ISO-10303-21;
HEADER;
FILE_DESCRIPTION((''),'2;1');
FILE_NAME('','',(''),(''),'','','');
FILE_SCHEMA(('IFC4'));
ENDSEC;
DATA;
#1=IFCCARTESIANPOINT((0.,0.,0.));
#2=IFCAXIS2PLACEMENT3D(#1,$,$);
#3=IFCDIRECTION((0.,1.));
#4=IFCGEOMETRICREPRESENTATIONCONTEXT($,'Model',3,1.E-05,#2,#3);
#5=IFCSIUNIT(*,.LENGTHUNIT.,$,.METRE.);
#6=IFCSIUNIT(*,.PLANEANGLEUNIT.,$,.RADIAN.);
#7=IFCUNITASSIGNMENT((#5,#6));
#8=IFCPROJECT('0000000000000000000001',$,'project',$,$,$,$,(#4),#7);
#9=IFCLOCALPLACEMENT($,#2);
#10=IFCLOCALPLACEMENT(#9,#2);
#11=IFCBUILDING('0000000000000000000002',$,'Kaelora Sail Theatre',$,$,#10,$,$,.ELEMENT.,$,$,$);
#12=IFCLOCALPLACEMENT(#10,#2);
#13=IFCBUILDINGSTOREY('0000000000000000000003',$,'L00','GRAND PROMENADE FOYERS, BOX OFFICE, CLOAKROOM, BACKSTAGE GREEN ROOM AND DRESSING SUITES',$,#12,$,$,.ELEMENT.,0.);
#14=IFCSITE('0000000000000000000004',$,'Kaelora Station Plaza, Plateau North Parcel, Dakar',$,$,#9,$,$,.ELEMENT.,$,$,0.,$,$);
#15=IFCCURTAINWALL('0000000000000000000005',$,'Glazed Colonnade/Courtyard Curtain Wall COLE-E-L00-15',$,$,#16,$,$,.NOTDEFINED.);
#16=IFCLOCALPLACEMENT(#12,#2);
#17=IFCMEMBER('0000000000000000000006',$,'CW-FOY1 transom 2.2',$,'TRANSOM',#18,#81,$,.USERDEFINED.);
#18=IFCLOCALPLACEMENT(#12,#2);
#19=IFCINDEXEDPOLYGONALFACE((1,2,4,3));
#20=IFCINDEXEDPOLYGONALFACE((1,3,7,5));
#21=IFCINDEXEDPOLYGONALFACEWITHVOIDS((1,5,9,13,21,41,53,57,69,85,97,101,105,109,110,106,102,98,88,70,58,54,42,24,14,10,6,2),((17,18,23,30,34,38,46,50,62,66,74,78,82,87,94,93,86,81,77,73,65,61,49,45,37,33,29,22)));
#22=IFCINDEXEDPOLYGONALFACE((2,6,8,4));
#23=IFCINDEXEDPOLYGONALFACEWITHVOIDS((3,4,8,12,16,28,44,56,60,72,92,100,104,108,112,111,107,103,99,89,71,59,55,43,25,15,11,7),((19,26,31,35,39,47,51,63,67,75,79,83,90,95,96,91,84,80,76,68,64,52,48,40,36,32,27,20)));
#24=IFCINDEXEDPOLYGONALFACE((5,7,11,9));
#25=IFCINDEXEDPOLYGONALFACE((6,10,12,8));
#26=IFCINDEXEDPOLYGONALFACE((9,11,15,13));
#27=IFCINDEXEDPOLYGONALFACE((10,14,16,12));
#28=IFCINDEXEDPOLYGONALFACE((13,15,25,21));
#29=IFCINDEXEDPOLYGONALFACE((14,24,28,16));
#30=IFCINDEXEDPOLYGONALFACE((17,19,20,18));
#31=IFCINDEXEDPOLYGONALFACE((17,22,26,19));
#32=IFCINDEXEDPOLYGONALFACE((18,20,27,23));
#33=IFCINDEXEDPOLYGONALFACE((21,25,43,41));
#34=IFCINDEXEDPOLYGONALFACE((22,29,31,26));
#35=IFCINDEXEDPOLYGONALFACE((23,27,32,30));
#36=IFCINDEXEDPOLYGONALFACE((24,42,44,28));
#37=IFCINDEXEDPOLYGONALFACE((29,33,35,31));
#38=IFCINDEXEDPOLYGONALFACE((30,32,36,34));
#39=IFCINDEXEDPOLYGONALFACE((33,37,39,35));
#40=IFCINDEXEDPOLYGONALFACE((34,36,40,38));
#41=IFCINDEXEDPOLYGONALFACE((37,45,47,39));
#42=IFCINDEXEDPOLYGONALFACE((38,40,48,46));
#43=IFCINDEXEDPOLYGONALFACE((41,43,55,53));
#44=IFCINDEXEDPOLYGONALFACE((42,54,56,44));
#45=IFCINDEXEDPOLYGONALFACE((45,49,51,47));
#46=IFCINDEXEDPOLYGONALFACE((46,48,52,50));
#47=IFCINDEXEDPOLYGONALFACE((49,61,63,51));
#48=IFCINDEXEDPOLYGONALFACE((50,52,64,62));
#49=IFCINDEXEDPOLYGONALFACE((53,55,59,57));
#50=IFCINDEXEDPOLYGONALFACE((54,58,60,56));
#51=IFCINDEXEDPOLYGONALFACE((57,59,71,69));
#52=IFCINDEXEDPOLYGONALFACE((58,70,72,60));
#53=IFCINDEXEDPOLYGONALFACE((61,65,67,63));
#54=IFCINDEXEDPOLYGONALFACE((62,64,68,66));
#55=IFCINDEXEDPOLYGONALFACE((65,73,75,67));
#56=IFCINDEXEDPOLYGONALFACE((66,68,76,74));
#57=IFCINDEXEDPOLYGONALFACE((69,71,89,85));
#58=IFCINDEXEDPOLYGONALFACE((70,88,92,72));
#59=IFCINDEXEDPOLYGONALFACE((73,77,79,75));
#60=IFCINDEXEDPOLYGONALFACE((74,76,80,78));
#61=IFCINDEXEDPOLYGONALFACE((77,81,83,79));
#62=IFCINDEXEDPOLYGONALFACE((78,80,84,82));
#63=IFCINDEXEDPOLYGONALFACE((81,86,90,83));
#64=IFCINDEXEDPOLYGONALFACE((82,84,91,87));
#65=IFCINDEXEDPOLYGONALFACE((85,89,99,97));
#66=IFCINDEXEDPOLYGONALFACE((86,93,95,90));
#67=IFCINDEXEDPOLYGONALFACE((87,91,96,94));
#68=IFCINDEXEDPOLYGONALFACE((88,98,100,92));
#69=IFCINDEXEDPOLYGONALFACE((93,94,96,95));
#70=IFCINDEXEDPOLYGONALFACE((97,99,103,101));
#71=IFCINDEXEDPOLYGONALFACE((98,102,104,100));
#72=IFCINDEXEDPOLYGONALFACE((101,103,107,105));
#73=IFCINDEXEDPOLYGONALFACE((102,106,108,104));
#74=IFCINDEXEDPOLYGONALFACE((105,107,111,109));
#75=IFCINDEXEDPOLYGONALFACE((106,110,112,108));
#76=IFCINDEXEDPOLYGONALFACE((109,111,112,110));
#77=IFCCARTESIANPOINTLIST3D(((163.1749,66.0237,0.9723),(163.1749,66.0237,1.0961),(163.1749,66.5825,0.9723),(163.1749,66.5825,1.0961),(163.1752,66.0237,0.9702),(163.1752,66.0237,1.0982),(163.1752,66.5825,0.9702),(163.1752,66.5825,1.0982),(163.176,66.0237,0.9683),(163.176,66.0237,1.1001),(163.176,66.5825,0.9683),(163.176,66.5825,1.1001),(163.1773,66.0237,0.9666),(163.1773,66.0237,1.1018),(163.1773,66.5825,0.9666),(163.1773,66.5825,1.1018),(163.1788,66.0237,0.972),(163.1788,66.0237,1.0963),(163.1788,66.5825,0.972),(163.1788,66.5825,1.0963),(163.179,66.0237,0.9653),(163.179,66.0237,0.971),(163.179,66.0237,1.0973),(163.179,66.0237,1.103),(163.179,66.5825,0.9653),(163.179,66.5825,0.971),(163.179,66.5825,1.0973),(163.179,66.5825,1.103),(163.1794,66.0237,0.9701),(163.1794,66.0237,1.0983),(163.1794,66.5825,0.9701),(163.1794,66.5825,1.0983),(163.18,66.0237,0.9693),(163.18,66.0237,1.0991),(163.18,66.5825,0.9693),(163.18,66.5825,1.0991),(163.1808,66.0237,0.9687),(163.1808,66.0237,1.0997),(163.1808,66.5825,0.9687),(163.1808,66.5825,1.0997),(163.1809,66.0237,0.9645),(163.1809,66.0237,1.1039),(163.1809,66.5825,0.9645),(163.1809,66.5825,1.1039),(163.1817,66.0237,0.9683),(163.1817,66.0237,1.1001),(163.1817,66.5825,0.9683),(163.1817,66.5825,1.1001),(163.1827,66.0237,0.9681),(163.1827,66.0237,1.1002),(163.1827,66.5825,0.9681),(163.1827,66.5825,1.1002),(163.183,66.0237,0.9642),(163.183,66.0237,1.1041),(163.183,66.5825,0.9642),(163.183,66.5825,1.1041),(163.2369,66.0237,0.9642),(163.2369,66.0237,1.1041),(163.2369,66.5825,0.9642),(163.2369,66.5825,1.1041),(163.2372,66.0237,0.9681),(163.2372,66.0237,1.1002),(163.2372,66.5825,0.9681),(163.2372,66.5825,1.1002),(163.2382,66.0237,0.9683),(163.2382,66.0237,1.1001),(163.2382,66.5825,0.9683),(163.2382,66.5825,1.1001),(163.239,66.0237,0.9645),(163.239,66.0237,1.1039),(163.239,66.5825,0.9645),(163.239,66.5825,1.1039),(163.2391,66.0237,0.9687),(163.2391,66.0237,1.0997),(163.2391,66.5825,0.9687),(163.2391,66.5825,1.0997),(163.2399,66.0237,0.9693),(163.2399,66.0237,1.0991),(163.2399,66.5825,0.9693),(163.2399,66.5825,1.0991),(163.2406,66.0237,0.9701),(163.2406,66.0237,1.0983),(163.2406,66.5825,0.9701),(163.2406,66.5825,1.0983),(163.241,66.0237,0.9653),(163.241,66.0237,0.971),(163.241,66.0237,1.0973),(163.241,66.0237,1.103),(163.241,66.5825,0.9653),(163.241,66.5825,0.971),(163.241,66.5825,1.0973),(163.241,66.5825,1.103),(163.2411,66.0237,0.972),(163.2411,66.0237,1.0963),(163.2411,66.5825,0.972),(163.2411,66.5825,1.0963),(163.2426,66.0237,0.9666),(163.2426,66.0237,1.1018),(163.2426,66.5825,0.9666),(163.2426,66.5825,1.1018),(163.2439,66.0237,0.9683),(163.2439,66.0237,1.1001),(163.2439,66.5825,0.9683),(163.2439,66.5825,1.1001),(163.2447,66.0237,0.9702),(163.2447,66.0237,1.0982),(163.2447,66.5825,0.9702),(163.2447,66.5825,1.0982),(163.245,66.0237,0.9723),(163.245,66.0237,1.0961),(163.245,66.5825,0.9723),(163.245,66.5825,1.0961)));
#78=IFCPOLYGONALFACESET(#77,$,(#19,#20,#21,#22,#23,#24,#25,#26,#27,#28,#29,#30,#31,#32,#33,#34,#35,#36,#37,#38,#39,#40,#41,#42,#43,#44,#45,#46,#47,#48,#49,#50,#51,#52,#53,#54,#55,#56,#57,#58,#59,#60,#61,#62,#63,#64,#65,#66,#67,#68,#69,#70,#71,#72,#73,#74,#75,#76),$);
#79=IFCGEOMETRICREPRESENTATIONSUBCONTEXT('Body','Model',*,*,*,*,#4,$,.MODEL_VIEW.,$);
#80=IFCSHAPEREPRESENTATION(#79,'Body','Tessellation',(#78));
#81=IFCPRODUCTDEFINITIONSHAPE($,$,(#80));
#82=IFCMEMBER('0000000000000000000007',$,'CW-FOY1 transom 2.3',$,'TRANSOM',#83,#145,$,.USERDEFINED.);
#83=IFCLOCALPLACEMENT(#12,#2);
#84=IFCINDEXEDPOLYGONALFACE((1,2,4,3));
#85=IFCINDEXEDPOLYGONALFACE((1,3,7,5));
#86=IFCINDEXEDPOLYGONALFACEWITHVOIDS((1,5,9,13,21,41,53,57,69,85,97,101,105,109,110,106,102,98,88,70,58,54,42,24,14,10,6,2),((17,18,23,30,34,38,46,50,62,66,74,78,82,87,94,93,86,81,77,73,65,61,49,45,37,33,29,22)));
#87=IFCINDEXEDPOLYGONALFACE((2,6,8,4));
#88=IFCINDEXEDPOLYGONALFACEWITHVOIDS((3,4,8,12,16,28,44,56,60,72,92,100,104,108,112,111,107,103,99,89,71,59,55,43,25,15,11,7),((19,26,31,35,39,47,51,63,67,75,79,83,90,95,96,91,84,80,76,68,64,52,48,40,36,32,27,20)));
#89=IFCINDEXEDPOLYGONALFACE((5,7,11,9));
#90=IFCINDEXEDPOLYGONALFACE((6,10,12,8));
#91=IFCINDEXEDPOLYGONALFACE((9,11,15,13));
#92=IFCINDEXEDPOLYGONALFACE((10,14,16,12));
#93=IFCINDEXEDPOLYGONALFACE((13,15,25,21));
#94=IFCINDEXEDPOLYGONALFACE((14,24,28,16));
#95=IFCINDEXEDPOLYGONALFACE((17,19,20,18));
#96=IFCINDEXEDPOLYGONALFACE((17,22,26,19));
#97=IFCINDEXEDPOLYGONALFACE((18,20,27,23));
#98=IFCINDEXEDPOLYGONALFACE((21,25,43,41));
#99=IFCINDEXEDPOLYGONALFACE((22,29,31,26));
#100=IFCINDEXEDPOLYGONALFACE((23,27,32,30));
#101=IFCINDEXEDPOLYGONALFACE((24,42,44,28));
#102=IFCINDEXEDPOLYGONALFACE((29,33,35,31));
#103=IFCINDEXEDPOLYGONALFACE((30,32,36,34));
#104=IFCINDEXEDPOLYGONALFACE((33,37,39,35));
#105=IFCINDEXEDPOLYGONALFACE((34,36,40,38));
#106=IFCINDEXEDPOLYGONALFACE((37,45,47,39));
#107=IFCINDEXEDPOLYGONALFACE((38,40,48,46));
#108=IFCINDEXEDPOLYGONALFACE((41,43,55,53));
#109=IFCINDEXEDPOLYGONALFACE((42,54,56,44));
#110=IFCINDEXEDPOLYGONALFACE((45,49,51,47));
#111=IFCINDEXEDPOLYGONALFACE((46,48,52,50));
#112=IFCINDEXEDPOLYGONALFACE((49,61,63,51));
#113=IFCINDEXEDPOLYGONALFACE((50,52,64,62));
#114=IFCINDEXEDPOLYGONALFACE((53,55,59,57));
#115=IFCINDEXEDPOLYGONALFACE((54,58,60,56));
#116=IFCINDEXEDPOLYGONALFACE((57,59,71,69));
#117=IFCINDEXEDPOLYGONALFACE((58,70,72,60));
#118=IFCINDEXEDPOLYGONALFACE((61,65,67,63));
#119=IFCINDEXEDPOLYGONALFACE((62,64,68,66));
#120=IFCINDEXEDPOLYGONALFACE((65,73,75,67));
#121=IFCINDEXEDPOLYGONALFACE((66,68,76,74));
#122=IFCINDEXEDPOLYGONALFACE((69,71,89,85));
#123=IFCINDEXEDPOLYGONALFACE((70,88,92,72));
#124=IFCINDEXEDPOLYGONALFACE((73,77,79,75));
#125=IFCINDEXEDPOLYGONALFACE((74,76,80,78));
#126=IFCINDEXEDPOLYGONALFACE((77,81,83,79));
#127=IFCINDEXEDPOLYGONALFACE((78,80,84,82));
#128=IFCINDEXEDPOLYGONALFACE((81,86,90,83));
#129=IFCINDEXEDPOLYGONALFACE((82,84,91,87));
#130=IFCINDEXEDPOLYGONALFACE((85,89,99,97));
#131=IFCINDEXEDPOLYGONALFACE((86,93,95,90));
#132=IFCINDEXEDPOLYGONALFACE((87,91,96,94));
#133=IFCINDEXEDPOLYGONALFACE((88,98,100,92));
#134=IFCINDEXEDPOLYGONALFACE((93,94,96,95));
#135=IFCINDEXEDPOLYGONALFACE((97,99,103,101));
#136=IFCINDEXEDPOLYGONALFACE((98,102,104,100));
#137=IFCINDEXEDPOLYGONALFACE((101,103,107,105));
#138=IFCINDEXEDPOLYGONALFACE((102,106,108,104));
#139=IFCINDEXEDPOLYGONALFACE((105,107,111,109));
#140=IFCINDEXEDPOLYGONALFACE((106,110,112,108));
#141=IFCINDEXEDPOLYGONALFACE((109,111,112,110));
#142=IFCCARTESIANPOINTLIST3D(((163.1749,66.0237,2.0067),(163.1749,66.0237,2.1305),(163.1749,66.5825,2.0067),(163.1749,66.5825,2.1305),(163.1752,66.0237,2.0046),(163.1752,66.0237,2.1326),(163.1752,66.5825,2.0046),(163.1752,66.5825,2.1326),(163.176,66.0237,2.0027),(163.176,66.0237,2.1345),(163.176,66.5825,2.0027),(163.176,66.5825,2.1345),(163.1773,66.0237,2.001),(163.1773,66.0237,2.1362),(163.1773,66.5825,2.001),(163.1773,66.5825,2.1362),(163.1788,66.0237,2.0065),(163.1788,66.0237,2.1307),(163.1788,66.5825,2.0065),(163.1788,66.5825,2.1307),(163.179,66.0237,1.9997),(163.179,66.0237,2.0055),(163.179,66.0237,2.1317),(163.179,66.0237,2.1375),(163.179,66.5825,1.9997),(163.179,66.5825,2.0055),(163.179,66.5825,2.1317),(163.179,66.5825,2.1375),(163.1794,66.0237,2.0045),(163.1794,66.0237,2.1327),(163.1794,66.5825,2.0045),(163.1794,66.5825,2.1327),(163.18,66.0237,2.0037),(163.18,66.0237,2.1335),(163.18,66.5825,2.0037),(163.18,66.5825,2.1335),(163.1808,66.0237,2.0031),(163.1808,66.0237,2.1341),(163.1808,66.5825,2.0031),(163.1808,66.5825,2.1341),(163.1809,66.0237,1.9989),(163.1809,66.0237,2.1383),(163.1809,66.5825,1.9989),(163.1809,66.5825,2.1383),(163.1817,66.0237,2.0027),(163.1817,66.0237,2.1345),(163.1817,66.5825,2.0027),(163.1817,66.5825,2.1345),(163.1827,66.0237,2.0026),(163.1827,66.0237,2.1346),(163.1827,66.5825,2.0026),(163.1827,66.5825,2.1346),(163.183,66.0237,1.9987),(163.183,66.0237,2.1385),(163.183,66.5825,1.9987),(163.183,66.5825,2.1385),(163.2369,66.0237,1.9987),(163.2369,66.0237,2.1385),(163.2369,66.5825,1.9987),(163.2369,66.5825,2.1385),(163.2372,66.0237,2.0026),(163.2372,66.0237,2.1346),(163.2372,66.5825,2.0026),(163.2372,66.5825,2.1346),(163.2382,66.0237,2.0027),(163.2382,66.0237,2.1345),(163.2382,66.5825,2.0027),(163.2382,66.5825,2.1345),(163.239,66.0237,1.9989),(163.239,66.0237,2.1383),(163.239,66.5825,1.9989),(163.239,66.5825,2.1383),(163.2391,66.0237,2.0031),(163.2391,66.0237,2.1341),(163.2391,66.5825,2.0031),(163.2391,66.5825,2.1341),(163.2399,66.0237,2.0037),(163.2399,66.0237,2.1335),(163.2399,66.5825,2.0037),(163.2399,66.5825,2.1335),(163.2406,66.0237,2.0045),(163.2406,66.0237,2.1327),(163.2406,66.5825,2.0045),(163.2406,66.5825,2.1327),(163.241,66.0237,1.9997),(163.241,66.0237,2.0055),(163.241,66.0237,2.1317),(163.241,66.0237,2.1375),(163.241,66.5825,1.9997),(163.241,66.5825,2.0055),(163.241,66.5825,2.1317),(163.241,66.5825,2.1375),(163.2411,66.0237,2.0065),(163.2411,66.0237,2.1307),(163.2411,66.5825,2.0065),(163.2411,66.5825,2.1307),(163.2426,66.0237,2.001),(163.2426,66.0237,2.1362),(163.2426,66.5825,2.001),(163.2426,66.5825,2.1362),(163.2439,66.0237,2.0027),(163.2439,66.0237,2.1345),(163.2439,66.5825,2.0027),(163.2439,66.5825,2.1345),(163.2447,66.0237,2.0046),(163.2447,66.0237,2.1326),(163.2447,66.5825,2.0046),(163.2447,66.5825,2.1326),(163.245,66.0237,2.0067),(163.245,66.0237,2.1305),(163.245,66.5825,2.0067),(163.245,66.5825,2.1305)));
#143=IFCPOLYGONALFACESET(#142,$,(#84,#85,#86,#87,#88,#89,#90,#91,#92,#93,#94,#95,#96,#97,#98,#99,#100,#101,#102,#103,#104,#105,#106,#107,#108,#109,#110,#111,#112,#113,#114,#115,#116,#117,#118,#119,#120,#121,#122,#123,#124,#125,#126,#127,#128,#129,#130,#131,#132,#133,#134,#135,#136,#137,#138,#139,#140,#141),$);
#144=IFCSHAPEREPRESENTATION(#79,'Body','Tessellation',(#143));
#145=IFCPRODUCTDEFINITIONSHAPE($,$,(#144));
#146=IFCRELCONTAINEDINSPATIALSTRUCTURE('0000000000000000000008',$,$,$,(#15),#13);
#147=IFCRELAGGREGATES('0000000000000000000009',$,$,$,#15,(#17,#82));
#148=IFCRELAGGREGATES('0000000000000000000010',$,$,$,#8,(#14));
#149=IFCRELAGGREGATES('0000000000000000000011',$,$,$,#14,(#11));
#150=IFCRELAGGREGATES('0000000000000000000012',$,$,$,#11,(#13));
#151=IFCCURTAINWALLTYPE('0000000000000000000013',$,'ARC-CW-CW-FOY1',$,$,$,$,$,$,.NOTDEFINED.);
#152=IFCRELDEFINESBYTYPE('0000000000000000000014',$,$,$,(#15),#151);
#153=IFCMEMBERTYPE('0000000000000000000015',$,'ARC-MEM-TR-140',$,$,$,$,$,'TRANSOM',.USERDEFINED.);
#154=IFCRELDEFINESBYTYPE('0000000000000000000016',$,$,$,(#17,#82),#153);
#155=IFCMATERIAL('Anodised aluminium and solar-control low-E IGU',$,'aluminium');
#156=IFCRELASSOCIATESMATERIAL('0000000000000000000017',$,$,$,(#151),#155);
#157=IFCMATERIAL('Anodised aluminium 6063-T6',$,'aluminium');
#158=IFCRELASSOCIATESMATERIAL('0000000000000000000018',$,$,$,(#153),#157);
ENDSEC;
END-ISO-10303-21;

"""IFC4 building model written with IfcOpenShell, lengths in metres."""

from ifc_helpers import new_model, si_unit, direction, frame, origin, origin_2d, place, context, subcontext, project, spatial, hollow_rectangle, extrude, material, material_profile, profile_set, type_object, element, aggregate, save


model = new_model("IFC4")

# Units and contexts
model_context = context("Model", 3, precision=1e-05, world=origin(), true_north=direction((0.0, 1.0)))
body_context = subcontext(model_context, "Body", "Model", "MODEL_VIEW")
ifc_project = project(units=[si_unit("LENGTHUNIT", "METRE"), si_unit("PLANEANGLEUNIT", "RADIAN")], contexts=[model_context])

# Site, building, storey
site_placement = place(None, origin())
site = spatial("IfcSite", under=ifc_project, at=site_placement, Name="Kaelora Station Plaza, Plateau North Parcel, Dakar", CompositionType="ELEMENT", RefElevation=0.0)
building_placement = place(site_placement, origin())
building = spatial("IfcBuilding", under=site, at=building_placement, Name="Kaelora Sail Theatre", CompositionType="ELEMENT")
storey_placement = place(building_placement, origin())
storey = spatial("IfcBuildingStorey", under=building, at=storey_placement, Name="L00", Description="GRAND PROMENADE FOYERS, BOX OFFICE, CLOAKROOM, BACKSTAGE GREEN ROOM AND DRESSING SUITES", CompositionType="ELEMENT", Elevation=0.0)

# Curtain wall, members
ifc_material_1 = material(Name="Anodised aluminium and solar-control low-E IGU", Category="aluminium")
curtain_wall_type = type_object("IfcCurtainWallType", Name="ARC-CW-CW-FOY1", PredefinedType="NOTDEFINED", material=ifc_material_1)
curtain_wall_placement = place(storey_placement, origin())
curtain_wall = element("IfcCurtainWall", 1, at=curtain_wall_placement, inside=storey, type_object=curtain_wall_type, Name="Glazed Colonnade/Courtyard Curtain Wall COLE-E-L00-15", PredefinedType="NOTDEFINED")
ifc_material_2 = material(Name="Anodised aluminium 6063-T6", Category="aluminium")
ifc_material_profile_1 = material_profile(ifc_material_2, hollow_rectangle(XDim=0.0701, YDim=0.1399, WallThickness=0.0039, InnerFilletRadius=0.0039, OuterFilletRadius=0.0081, at=origin_2d()), Name="ALU-TRAN 70x140x4")
ifc_profile_set_1 = profile_set([ifc_material_profile_1], Name="Anodised aluminium 6063-T6")
member_type_1 = type_object("IfcMemberType", Name="ARC-MEM-TR-140", ElementType="TRANSOM", PredefinedType="USERDEFINED", material=ifc_profile_set_1)
member_1_placement = place(storey_placement, frame((163.21, 66.0237, 1.0342), z_axis=(0.0, 1.0, 0.0), x_axis=(-1.0, 0.0, 0.0)))
member_1 = element("IfcMember", 2, at=member_1_placement, type_object=member_type_1, Name="CW-FOY1 transom 2.2", ObjectType="TRANSOM", PredefinedType="USERDEFINED", context=body_context, shape_type="SweptSolid", body=[
    extrude(hollow_rectangle(XDim=0.0701, YDim=0.1399, WallThickness=0.0039, InnerFilletRadius=0.0039, OuterFilletRadius=0.0081, at=origin_2d()), origin(), (0.0, 0.0, 1.0), 0.5588),
])
member_2_placement = place(storey_placement, frame((163.21, 66.0237, 2.0686), z_axis=(0.0, 1.0, 0.0), x_axis=(-1.0, 0.0, 0.0)))
member_2 = element("IfcMember", 3, at=member_2_placement, type_object=member_type_1, Name="CW-FOY1 transom 2.3", ObjectType="TRANSOM", PredefinedType="USERDEFINED", context=body_context, shape_type="SweptSolid", body=[
    extrude(hollow_rectangle(XDim=0.0701, YDim=0.1399, WallThickness=0.0039, InnerFilletRadius=0.0039, OuterFilletRadius=0.0081, at=origin_2d()), origin(), (0.0, 0.0, 1.0), 0.5588),
])
aggregate(curtain_wall, [member_1, member_2])

save(model, "model.ifc")
